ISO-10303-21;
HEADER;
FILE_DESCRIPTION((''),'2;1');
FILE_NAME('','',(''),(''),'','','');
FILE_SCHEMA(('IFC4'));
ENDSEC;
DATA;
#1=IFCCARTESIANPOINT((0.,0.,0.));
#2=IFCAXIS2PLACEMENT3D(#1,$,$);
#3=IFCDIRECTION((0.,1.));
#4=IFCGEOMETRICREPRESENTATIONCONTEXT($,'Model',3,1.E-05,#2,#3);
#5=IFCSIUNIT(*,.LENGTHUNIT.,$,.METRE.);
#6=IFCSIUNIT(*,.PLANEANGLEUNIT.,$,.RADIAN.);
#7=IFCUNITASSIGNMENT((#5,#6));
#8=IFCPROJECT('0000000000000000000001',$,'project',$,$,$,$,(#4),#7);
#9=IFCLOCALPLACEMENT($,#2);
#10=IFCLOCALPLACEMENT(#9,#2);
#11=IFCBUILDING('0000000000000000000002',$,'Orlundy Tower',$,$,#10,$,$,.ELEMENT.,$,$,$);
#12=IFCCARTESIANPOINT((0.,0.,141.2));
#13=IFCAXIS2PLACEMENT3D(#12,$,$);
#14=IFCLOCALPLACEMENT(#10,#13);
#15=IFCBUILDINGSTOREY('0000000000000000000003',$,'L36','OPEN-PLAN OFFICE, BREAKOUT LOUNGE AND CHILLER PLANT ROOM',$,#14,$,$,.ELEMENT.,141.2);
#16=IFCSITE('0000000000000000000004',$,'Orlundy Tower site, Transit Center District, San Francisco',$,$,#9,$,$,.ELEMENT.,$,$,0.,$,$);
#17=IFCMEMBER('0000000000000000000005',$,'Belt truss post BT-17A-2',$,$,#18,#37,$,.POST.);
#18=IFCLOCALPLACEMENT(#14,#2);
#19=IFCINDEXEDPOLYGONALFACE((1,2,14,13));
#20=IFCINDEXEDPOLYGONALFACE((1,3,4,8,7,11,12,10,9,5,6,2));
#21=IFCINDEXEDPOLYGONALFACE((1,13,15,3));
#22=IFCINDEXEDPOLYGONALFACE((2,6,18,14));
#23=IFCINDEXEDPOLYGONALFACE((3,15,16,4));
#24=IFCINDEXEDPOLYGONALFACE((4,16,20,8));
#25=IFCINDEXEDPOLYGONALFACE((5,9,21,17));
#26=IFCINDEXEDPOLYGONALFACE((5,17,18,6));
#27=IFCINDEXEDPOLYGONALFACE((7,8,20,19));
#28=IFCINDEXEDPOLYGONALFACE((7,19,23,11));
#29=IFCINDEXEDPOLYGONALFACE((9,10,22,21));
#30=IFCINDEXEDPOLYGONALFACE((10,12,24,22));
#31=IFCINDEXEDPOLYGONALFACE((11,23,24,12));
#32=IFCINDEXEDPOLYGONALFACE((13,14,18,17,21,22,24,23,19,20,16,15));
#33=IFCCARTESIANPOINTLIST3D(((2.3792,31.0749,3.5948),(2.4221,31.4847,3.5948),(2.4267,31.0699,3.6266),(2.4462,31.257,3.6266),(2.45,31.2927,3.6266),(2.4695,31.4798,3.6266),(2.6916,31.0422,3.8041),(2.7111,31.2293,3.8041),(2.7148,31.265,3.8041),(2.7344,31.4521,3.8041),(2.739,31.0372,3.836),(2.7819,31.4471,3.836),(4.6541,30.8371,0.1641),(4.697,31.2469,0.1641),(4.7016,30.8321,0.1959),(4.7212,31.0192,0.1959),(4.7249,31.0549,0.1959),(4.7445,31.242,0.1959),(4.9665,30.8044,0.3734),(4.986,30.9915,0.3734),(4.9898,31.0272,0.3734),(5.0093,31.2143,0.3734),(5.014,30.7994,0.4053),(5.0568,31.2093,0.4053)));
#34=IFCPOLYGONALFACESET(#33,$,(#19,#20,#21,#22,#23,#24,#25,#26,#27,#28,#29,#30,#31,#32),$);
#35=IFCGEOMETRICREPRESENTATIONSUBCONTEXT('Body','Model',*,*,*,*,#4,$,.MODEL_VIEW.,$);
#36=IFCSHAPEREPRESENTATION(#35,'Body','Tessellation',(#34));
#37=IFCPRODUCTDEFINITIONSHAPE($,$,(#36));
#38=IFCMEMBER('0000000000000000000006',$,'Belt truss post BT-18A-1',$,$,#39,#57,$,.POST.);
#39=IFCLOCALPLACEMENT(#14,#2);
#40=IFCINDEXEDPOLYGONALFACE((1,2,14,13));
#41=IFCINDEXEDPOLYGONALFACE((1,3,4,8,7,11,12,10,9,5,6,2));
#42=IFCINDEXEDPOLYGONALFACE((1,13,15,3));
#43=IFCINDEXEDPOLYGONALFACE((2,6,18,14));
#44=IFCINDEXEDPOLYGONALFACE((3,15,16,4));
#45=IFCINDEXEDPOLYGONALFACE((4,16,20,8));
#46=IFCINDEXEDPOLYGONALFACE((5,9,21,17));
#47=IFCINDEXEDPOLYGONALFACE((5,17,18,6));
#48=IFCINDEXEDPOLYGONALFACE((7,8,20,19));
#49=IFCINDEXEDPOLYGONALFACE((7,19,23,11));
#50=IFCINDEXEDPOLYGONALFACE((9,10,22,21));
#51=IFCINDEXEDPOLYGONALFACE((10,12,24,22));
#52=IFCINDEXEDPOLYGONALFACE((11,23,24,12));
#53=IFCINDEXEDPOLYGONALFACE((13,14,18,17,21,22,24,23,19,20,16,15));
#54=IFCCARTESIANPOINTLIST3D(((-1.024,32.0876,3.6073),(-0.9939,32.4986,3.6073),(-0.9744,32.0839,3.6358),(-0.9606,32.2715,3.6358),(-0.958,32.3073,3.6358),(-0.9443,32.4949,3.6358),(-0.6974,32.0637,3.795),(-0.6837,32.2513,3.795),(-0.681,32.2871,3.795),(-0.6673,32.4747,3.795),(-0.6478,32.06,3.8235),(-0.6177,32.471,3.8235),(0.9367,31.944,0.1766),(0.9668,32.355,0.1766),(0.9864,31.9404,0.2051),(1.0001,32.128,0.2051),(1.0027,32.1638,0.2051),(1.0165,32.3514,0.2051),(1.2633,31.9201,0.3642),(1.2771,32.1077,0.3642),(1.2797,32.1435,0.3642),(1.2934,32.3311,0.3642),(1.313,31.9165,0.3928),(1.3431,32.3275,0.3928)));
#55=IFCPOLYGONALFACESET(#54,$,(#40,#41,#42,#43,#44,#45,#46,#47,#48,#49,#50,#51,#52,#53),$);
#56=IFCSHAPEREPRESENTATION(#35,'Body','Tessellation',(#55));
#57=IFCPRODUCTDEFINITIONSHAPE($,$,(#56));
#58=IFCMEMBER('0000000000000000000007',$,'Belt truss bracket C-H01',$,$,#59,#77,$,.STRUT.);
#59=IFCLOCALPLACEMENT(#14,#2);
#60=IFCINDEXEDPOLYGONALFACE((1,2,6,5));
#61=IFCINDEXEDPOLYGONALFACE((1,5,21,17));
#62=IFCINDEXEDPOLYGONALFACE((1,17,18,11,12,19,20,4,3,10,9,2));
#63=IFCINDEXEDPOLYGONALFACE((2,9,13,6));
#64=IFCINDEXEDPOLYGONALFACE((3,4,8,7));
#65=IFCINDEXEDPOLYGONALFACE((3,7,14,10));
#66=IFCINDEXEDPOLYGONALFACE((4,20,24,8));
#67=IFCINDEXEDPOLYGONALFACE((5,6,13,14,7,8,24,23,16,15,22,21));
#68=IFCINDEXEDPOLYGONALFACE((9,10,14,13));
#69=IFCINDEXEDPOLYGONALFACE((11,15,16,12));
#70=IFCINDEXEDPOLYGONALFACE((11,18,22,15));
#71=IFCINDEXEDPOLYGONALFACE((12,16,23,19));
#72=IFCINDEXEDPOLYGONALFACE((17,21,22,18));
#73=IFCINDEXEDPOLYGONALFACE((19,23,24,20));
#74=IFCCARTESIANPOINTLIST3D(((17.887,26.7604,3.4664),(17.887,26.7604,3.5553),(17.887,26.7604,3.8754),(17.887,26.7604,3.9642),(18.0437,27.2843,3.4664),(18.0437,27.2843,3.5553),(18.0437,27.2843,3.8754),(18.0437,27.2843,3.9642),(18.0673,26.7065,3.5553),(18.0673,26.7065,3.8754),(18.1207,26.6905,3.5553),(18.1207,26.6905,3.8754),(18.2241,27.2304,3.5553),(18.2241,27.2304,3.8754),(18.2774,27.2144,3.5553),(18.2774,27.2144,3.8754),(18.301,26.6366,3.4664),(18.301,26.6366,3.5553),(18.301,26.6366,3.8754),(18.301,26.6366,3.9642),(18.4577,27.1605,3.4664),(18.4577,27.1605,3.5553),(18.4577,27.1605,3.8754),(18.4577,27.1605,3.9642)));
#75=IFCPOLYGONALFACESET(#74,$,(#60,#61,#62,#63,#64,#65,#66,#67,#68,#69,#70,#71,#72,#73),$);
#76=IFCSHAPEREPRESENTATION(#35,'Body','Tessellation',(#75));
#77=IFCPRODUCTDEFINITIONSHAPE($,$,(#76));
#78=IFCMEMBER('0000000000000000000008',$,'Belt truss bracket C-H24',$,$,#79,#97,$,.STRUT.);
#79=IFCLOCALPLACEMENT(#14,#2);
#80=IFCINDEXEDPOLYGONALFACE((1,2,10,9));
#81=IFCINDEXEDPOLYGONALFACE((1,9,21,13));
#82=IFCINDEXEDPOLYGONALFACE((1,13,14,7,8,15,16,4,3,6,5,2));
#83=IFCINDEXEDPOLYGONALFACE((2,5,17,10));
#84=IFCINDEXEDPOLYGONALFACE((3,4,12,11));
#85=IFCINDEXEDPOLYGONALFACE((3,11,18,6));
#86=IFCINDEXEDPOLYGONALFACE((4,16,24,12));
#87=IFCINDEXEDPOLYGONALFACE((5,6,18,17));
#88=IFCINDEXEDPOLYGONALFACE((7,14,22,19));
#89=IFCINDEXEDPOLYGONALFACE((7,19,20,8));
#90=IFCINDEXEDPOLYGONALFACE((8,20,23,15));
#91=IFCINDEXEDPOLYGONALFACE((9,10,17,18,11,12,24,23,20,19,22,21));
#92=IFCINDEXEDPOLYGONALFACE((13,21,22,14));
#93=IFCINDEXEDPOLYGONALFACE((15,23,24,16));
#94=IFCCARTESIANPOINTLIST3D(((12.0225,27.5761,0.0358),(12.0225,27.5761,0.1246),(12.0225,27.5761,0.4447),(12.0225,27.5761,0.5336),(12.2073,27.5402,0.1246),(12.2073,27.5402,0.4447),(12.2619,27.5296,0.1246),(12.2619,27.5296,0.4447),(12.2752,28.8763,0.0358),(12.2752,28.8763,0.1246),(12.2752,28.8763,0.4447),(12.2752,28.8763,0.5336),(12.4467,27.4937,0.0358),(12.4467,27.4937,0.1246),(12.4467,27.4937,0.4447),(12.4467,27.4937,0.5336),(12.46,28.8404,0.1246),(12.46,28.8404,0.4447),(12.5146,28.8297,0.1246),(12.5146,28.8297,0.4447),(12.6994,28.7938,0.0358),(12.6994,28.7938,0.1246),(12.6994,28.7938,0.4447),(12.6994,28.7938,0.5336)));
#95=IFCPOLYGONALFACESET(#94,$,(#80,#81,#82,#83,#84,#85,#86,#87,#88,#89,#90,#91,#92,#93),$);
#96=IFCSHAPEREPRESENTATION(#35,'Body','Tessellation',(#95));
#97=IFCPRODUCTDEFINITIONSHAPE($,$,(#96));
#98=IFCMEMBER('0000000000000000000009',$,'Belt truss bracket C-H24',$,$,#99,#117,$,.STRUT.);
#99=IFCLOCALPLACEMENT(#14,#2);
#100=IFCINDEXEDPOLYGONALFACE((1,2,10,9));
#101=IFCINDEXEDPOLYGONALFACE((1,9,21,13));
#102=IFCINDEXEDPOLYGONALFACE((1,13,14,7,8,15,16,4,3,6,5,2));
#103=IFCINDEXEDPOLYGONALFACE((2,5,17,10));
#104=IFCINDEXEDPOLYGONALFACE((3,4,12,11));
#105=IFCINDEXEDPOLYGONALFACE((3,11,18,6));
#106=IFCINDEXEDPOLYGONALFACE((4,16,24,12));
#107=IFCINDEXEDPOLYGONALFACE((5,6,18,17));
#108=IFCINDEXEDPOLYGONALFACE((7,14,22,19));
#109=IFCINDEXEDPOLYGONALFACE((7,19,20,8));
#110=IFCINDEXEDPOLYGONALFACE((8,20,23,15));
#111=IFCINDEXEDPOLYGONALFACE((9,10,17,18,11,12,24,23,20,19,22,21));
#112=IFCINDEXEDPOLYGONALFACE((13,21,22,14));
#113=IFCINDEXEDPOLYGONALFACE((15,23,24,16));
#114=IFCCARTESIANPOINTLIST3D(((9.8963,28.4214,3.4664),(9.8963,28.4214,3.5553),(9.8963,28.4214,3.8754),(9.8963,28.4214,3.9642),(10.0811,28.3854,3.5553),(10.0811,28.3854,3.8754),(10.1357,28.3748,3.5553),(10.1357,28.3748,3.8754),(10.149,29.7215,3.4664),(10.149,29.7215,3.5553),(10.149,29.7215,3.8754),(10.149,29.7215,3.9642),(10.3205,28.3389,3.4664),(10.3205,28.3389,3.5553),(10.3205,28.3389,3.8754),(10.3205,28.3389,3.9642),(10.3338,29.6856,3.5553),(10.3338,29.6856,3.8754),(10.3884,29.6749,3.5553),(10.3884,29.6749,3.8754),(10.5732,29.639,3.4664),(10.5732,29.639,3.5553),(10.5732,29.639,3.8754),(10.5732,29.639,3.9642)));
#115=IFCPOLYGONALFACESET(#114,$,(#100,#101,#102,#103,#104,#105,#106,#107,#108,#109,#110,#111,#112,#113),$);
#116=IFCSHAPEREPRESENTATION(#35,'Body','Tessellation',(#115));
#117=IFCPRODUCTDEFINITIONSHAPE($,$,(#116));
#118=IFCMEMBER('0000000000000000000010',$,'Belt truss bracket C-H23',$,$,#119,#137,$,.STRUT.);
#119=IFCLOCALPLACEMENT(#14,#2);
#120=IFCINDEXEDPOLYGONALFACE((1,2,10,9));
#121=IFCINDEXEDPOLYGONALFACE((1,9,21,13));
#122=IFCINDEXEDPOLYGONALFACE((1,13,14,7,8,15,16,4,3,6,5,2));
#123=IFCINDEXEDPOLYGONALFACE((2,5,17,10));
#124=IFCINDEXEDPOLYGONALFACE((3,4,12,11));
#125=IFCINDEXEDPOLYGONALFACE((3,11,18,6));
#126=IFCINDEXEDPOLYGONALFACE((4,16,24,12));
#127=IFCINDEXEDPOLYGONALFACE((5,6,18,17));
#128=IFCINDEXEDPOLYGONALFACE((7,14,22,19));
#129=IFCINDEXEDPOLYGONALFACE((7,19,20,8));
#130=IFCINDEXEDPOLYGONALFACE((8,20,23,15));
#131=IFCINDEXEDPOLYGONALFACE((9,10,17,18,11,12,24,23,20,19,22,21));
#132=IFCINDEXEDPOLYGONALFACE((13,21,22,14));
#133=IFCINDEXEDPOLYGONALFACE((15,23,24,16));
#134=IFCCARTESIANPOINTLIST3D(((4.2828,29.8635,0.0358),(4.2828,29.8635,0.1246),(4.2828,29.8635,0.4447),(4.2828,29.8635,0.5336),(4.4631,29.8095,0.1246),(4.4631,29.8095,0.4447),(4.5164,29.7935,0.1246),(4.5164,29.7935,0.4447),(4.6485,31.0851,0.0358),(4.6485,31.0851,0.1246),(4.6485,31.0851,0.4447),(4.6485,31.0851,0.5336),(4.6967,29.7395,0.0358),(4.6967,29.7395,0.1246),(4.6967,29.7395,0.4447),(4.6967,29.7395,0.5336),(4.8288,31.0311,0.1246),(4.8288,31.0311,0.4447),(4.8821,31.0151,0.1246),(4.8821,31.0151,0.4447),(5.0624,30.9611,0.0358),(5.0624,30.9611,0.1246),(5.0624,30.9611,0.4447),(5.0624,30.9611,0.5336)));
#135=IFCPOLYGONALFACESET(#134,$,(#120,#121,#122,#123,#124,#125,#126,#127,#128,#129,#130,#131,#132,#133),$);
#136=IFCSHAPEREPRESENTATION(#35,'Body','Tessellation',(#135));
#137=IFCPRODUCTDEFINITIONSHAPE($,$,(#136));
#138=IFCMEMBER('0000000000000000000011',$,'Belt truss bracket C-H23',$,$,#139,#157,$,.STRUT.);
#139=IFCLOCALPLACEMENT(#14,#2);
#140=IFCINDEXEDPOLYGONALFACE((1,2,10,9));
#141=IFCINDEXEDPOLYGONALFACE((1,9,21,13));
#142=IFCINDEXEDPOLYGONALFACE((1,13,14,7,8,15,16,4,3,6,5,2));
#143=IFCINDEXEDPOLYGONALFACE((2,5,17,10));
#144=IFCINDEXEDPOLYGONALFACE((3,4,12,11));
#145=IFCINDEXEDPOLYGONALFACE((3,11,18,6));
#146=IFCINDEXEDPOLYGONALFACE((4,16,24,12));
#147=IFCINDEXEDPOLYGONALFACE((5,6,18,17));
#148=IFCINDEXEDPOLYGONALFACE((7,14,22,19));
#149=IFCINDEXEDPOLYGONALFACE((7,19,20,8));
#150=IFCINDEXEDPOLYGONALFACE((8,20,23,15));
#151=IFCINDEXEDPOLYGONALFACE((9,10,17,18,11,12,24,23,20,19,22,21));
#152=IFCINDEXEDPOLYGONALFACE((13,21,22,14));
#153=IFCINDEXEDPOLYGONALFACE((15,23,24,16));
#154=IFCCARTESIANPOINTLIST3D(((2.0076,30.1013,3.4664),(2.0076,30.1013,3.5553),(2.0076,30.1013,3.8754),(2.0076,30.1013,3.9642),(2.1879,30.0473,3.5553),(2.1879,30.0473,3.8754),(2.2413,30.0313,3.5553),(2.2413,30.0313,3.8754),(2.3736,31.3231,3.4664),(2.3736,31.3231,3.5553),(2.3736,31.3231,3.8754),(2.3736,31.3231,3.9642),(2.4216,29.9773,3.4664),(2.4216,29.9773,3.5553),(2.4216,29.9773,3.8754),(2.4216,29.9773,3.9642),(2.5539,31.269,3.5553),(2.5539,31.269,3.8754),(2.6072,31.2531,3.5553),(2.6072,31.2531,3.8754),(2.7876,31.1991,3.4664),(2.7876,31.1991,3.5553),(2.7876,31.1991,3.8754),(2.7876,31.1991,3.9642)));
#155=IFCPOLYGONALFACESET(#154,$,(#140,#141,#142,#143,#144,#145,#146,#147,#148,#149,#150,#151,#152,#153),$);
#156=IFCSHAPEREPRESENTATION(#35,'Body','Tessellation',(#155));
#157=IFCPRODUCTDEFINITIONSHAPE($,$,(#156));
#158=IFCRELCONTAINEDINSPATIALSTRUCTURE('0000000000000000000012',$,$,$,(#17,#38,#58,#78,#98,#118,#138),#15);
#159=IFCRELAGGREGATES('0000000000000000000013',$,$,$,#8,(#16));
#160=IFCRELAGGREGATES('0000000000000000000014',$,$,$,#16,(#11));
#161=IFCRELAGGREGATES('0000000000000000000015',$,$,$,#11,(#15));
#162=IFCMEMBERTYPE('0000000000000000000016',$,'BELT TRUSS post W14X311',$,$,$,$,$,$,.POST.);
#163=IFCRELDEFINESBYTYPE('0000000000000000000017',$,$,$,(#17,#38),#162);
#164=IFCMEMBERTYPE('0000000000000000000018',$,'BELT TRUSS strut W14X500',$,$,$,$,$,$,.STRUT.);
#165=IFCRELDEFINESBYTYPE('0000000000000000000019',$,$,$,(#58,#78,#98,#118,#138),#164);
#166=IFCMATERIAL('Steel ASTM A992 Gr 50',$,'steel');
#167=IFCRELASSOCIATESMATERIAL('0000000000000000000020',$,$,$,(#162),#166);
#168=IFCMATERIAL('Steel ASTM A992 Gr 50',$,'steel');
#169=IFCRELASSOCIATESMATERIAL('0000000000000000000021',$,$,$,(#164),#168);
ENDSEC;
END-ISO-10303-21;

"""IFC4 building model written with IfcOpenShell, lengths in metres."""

from ifc_helpers import new_model, si_unit, direction, frame, origin, origin_2d, place, context, subcontext, project, spatial, i_section, extrude, material, material_profile, profile_set, type_object, element, save


model = new_model("IFC4")

# Units and contexts
model_context = context("Model", 3, precision=1e-05, world=origin(), true_north=direction((0.0, 1.0)))
body_context = subcontext(model_context, "Body", "Model", "MODEL_VIEW")
ifc_project = project(units=[si_unit("LENGTHUNIT", "METRE"), si_unit("PLANEANGLEUNIT", "RADIAN")], contexts=[model_context])

# Site, building, storey
site_placement = place(None, origin())
site = spatial("IfcSite", under=ifc_project, at=site_placement, Name="Orlundy Tower site, Transit Center District, San Francisco", CompositionType="ELEMENT", RefElevation=0.0)
building_placement = place(site_placement, origin())
building = spatial("IfcBuilding", under=site, at=building_placement, Name="Orlundy Tower", CompositionType="ELEMENT")
storey_placement = place(building_placement, frame((0.0, 0.0, 141.2)))
storey = spatial("IfcBuildingStorey", under=building, at=storey_placement, Name="L36", Description="OPEN-PLAN OFFICE, BREAKOUT LOUNGE AND CHILLER PLANT ROOM", CompositionType="ELEMENT", Elevation=141.2)

# Members
ifc_material_1 = material(Name="Steel ASTM A992 Gr 50", Category="steel")
ifc_material_profile_1 = material_profile(ifc_material_1, i_section(OverallWidth=0.4121, OverallDepth=0.4348, WebThickness=0.0359, FlangeThickness=0.0574, at=origin_2d()), Name="W14X311")
ifc_profile_set_1 = profile_set([ifc_material_profile_1], Name="Steel ASTM A992 Gr 50")
member_type_1 = type_object("IfcMemberType", Name="BELT TRUSS post W14X311", PredefinedType="POST", material=ifc_profile_set_1)
member_1_placement = place(storey_placement, frame((4.8555, 31.0232, 0.2847), z_axis=(-0.551726, 0.057671, 0.832029), x_axis=(-0.103962, -0.994581, 0.0)))
element("IfcMember", 1, at=member_1_placement, inside=storey, type_object=member_type_1, Name="Belt truss post BT-17A-2", PredefinedType="POST", context=body_context, shape_type="SweptSolid", body=[
    extrude(i_section(OverallWidth=0.4121, OverallDepth=0.4348, WebThickness=0.0359, FlangeThickness=0.0574, at=origin_2d()), origin(), (0.0, 0.0, 1.0), 4.1233),
])
member_2_placement = place(storey_placement, frame((1.1399, 32.1357, 0.2847), z_axis=(-0.495872, 0.036306, 0.867637), x_axis=(-0.073021, -0.99733, 0.0)))
element("IfcMember", 2, at=member_2_placement, inside=storey, type_object=member_type_1, Name="Belt truss post BT-18A-1", PredefinedType="POST", context=body_context, shape_type="SweptSolid", body=[
    extrude(i_section(OverallWidth=0.4121, OverallDepth=0.4348, WebThickness=0.0359, FlangeThickness=0.0574, at=origin_2d()), origin(), (0.0, 0.0, 1.0), 3.9541),
])
ifc_material_2 = material(Name="Steel ASTM A992 Gr 50", Category="steel")
ifc_material_profile_2 = material_profile(ifc_material_2, i_section(OverallWidth=0.4321, OverallDepth=0.4978, WebThickness=0.0557, FlangeThickness=0.0889, at=origin_2d()), Name="W14X500")
ifc_profile_set_2 = profile_set([ifc_material_profile_2], Name="Steel ASTM A992 Gr 50")
member_type_2 = type_object("IfcMemberType", Name="BELT TRUSS strut W14X500", PredefinedType="STRUT", material=ifc_profile_set_2)
member_3_placement = place(storey_placement, frame((18.094, 26.6985, 3.7153), z_axis=(0.286611, 0.958047, 0.0), x_axis=(-0.958047, 0.286611, 0.0)))
element("IfcMember", 3, at=member_3_placement, inside=storey, type_object=member_type_2, Name="Belt truss bracket C-H01", PredefinedType="STRUT", context=body_context, shape_type="SweptSolid", body=[
    extrude(i_section(OverallWidth=0.4321, OverallDepth=0.4978, WebThickness=0.0557, FlangeThickness=0.0889, at=origin_2d()), origin(), (0.0, 0.0, 1.0), 0.5469),
])
for number, where, z_axis, x_axis, name in (
    (4, (12.2346, 27.5349, 0.2847), (0.190796, 0.98163, 0.0), (-0.98163, 0.190796, 0.0), "Belt truss bracket C-H24"),
    (5, (10.1084, 28.3801, 3.7153), (0.190796, 0.98163, 0.0), (-0.98163, 0.190796, 0.0), "Belt truss bracket C-H24"),
):
    element("IfcMember", number, at=place(storey_placement, frame(where, z_axis=z_axis, x_axis=x_axis)), inside=storey, type_object=member_type_2, Name=name, PredefinedType="STRUT", context=body_context, shape_type="SweptSolid", body=[
        extrude(i_section(OverallWidth=0.4321, OverallDepth=0.4978, WebThickness=0.0557, FlangeThickness=0.0889, at=origin_2d()), origin(), (0.0, 0.0, 1.0), 1.3245),
    ])
member_4_placement = place(storey_placement, frame((4.4897, 29.8015, 0.2847), z_axis=(0.286786, 0.957995, 0.0), x_axis=(-0.957995, 0.286786, 0.0)))
element("IfcMember", 6, at=member_4_placement, inside=storey, type_object=member_type_2, Name="Belt truss bracket C-H23", PredefinedType="STRUT", context=body_context, shape_type="SweptSolid", body=[
    extrude(i_section(OverallWidth=0.4321, OverallDepth=0.4978, WebThickness=0.0557, FlangeThickness=0.0889, at=origin_2d()), origin(), (0.0, 0.0, 1.0), 1.2751),
])
member_5_placement = place(storey_placement, frame((2.2146, 30.0393, 3.7153), z_axis=(0.286961, 0.957942, 0.0), x_axis=(-0.957942, 0.286961, 0.0)))
element("IfcMember", 7, at=member_5_placement, inside=storey, type_object=member_type_2, Name="Belt truss bracket C-H23", PredefinedType="STRUT", context=body_context, shape_type="SweptSolid", body=[
    extrude(i_section(OverallWidth=0.4321, OverallDepth=0.4978, WebThickness=0.0557, FlangeThickness=0.0889, at=origin_2d()), origin(), (0.0, 0.0, 1.0), 1.2754),
])

save(model, "model.ifc")
